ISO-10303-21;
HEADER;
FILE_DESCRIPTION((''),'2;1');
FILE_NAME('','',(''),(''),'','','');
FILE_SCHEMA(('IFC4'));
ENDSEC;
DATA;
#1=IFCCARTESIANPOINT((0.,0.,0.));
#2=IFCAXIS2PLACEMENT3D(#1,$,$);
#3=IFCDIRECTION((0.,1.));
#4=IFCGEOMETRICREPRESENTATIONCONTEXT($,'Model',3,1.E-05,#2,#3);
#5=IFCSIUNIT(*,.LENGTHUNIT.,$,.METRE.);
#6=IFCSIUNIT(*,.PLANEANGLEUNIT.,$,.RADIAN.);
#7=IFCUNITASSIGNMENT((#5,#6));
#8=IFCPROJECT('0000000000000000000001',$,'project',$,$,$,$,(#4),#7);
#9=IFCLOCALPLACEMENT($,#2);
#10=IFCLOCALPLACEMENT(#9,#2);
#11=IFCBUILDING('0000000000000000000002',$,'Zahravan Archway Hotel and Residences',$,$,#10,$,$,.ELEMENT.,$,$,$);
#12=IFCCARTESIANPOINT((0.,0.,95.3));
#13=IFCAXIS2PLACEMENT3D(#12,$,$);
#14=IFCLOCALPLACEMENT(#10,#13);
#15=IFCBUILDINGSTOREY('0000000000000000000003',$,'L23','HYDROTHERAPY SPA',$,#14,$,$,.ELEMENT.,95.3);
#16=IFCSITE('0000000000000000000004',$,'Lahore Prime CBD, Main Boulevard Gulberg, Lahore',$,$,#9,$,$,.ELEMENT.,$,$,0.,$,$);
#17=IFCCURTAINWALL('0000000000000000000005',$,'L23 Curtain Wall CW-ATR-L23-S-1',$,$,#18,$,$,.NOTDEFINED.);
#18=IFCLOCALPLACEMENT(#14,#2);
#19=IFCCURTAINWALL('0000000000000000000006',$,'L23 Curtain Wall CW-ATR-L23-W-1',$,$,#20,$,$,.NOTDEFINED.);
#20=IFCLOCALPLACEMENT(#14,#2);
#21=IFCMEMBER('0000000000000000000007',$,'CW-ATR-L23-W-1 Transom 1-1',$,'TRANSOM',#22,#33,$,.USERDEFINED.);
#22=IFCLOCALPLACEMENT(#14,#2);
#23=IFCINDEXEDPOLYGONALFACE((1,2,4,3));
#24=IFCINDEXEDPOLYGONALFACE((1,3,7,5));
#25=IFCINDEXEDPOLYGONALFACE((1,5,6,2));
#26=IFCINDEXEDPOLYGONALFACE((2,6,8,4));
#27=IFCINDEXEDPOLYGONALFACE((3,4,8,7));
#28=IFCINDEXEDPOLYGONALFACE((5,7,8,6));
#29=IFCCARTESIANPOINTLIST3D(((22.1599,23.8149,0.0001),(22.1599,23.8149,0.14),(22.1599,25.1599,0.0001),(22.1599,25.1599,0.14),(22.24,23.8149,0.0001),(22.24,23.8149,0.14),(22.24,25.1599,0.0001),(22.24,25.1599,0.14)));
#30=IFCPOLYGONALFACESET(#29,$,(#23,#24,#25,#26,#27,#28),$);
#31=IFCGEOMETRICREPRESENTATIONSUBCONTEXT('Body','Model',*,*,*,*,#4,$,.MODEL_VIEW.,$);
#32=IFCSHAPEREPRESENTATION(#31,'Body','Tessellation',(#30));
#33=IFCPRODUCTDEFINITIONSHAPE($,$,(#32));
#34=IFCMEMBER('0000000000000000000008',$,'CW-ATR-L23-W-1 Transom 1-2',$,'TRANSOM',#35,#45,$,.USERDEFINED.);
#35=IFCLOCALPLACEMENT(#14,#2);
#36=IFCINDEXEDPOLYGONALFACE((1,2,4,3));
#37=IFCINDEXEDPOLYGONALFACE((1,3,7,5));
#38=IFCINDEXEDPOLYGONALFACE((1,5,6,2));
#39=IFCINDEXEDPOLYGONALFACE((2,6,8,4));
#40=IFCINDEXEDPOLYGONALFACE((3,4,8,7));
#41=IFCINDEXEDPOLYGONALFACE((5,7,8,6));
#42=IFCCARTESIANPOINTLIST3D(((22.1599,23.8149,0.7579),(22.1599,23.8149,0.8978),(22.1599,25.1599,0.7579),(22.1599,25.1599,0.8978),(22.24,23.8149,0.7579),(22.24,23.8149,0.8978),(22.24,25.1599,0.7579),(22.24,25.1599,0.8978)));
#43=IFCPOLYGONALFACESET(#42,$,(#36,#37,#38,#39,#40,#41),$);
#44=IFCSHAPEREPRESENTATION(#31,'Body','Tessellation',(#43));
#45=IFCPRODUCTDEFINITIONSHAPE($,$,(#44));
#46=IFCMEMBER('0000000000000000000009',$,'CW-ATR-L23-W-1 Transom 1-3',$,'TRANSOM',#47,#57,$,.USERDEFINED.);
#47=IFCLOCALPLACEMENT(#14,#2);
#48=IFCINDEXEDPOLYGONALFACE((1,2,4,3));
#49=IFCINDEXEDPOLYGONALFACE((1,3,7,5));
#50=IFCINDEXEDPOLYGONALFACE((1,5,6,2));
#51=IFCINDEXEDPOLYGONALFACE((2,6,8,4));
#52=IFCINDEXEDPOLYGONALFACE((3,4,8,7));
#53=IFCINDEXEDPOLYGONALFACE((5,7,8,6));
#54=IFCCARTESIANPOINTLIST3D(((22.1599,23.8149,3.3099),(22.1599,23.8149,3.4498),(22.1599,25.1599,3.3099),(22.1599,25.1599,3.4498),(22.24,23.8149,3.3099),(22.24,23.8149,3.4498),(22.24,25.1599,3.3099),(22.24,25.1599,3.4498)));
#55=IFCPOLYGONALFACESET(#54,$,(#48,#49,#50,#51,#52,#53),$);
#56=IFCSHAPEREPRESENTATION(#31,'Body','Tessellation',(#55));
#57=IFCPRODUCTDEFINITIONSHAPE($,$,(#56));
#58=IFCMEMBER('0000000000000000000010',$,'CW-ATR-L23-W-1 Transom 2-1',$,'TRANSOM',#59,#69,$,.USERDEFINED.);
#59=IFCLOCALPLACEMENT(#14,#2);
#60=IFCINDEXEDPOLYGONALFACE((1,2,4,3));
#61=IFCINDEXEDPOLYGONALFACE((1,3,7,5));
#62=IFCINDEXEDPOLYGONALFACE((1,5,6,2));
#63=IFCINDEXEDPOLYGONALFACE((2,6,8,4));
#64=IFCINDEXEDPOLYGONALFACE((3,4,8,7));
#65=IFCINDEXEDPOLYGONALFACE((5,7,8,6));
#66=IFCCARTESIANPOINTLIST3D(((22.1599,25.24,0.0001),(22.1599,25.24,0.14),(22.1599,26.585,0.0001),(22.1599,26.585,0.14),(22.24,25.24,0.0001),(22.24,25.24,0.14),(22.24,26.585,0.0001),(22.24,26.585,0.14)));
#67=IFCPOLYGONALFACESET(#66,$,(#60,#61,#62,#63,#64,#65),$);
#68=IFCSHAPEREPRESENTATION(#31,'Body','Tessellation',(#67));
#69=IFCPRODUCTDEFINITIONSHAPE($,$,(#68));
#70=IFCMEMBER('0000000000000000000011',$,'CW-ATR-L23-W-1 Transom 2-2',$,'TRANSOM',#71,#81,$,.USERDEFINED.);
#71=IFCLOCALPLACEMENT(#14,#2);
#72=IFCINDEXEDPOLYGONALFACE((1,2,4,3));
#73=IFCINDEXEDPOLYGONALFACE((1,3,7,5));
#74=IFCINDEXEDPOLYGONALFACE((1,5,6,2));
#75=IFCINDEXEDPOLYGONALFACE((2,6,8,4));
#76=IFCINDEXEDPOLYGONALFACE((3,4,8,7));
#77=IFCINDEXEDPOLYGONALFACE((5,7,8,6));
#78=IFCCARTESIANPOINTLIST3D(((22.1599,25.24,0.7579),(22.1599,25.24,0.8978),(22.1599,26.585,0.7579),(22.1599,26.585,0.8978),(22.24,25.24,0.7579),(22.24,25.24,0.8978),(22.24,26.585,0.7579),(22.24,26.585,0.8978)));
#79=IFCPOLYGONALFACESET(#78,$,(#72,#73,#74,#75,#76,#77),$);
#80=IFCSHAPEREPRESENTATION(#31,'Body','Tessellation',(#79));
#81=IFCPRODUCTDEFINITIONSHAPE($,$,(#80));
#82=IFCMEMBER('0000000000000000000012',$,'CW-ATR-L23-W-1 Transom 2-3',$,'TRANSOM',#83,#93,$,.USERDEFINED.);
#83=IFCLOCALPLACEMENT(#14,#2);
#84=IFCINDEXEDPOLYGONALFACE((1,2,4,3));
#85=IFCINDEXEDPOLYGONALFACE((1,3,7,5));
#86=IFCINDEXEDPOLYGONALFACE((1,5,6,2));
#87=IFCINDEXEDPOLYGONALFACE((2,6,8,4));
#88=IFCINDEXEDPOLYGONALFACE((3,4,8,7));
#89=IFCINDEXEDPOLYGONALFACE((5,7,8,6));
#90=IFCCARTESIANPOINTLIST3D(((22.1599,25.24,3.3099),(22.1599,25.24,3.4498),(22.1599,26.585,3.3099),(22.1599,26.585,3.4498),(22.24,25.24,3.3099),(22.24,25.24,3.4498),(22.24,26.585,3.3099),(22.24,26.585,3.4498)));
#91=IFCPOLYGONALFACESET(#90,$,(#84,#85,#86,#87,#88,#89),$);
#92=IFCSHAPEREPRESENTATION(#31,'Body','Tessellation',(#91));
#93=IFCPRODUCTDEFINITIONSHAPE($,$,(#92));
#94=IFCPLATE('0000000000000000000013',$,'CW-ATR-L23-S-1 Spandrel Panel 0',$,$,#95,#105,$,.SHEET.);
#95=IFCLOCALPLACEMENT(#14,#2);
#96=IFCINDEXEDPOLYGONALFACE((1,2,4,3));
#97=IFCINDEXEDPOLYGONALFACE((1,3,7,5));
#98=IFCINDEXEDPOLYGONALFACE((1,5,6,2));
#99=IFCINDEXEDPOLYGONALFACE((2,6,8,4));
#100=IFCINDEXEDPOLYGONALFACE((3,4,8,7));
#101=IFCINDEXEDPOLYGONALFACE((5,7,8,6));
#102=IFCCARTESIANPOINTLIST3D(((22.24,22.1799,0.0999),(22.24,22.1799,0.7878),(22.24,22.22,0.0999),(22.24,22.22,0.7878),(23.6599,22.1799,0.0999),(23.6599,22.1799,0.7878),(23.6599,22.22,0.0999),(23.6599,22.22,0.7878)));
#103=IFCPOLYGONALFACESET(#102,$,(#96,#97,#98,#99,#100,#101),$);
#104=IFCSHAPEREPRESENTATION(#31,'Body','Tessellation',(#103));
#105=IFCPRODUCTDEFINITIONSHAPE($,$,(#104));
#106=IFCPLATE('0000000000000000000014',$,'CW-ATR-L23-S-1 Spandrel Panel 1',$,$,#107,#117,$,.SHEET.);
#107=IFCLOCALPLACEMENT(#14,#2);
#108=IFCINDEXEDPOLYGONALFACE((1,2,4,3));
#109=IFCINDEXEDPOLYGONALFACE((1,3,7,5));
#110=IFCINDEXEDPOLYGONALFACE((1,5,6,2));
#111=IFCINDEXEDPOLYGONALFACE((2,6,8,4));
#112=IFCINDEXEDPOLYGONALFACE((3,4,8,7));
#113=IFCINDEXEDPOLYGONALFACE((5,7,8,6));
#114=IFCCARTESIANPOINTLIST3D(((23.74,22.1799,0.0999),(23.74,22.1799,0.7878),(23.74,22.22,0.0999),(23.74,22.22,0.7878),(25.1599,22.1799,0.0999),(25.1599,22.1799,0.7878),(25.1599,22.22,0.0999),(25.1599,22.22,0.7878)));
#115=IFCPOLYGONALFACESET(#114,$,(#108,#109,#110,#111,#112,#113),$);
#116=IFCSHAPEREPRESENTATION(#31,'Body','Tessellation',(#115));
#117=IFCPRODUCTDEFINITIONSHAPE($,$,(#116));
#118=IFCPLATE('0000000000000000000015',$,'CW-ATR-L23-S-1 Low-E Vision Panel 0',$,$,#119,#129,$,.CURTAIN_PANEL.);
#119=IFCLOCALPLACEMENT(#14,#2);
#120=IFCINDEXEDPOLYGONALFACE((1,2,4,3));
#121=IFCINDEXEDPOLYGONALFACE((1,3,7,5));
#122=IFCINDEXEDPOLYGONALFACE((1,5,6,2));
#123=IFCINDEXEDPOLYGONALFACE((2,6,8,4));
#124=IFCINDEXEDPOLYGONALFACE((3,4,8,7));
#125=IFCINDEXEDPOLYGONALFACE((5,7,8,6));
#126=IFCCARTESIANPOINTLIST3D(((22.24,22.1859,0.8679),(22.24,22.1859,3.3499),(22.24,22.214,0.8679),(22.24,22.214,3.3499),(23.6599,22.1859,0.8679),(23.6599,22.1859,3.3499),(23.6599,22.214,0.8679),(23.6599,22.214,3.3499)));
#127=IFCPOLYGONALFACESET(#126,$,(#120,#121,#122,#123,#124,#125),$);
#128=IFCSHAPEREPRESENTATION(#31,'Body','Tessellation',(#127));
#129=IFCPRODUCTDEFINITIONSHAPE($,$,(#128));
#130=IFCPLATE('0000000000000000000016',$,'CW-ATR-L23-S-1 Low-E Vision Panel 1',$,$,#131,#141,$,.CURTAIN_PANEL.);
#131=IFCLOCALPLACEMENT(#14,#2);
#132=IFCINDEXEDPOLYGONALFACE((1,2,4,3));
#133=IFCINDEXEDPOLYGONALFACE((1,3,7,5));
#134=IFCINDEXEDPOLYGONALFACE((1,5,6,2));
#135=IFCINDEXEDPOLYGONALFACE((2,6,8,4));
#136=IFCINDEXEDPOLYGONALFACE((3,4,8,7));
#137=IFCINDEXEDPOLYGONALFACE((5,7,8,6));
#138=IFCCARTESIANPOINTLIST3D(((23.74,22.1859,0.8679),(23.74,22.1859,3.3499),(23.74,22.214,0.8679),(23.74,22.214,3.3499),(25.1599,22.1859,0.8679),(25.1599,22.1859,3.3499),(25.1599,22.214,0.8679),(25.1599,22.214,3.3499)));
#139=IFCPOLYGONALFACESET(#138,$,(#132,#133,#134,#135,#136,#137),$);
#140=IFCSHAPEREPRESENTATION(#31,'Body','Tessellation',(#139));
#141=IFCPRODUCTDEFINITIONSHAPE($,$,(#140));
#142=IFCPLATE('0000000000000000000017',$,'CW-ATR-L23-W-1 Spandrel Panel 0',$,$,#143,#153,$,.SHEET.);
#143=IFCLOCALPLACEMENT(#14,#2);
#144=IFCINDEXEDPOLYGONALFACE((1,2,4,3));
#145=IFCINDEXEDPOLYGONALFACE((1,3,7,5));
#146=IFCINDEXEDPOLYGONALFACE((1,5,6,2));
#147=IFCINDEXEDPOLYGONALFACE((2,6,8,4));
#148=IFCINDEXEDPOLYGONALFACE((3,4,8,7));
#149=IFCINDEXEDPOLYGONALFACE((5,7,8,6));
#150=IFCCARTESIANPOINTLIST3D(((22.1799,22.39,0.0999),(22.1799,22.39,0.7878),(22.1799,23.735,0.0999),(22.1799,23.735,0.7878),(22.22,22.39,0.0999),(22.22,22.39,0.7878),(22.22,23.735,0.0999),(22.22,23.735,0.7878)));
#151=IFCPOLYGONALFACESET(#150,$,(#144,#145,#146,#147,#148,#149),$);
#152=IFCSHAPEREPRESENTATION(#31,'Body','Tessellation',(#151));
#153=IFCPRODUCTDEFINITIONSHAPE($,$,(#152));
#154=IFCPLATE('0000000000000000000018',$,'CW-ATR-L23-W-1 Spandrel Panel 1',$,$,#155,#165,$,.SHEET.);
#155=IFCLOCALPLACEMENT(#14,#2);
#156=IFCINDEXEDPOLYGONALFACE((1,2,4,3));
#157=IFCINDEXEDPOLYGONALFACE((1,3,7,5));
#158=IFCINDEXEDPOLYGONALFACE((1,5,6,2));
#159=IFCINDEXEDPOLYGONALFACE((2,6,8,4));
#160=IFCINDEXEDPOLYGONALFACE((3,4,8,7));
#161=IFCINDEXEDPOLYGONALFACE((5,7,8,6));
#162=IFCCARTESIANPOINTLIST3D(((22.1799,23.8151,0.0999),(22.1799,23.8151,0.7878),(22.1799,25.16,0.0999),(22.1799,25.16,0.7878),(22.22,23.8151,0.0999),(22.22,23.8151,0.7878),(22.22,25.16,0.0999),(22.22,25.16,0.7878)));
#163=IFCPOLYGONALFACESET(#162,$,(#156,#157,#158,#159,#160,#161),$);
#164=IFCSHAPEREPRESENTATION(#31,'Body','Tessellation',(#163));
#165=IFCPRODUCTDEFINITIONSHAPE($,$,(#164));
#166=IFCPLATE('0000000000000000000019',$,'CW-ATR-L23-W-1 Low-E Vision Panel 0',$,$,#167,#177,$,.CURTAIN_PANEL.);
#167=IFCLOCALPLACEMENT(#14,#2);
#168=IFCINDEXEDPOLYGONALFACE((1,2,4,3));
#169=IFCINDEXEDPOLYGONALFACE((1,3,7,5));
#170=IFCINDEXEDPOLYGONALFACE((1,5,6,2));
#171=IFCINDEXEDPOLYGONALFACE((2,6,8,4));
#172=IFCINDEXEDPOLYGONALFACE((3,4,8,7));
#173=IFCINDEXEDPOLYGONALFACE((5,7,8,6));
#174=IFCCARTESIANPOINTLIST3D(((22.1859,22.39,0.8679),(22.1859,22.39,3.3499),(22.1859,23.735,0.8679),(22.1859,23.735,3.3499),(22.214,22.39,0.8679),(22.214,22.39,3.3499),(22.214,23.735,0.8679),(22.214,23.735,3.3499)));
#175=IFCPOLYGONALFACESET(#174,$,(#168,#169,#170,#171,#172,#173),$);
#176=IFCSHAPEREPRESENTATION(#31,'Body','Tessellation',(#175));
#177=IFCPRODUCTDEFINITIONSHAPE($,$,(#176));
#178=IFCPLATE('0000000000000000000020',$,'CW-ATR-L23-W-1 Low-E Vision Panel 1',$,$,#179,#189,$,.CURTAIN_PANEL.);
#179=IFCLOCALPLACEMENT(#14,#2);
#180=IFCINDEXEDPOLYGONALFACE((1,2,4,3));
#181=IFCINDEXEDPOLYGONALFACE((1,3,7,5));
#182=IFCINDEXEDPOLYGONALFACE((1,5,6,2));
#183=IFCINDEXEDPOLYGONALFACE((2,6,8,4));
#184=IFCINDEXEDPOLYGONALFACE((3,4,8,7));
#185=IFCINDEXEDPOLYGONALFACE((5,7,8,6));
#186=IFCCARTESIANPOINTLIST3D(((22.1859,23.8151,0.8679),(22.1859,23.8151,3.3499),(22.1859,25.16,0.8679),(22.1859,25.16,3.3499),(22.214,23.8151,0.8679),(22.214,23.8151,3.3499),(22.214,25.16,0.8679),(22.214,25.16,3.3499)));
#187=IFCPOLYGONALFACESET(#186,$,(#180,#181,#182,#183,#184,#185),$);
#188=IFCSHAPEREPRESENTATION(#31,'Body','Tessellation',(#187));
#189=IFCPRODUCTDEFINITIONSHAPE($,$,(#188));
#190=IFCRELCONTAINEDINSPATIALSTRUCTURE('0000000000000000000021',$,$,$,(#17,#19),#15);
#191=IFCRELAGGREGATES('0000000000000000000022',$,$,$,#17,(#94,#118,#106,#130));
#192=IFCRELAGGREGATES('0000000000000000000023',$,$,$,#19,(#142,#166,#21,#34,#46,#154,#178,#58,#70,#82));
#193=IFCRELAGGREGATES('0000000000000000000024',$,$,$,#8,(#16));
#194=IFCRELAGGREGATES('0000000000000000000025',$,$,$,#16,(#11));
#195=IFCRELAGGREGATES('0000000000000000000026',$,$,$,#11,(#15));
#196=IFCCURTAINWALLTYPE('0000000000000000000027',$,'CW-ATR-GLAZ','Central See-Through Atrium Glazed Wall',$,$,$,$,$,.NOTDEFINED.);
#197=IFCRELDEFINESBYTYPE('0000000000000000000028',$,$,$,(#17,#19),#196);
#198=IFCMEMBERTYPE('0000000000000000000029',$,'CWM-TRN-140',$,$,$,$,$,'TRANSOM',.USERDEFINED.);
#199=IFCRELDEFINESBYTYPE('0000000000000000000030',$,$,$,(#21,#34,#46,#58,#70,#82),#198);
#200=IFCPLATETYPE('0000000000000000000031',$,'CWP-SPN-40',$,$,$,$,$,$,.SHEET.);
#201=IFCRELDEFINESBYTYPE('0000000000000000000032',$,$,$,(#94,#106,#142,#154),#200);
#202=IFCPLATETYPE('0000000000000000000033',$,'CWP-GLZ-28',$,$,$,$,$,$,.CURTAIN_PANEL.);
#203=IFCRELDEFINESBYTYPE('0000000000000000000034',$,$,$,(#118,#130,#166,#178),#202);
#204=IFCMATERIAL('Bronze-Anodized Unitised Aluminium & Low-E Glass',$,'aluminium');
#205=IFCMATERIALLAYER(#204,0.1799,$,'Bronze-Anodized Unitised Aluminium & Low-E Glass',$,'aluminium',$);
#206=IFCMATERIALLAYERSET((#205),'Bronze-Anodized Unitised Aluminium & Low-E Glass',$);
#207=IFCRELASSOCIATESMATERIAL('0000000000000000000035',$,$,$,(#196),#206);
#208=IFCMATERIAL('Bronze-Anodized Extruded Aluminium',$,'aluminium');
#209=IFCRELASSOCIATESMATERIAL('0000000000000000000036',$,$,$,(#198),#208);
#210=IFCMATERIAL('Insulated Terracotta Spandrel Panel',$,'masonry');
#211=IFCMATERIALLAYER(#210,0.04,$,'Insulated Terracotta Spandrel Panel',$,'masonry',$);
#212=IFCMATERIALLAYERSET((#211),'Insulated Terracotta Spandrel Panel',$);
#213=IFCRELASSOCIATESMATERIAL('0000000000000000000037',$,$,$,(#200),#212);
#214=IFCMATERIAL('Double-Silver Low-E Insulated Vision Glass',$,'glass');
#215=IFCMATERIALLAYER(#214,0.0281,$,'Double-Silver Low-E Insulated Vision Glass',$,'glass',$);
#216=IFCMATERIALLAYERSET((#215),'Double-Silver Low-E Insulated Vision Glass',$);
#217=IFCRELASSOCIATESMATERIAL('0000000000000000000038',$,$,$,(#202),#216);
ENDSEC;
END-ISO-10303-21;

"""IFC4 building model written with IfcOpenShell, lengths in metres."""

from ifc_helpers import new_model, si_unit, direction, frame, origin, origin_2d, place, context, subcontext, project, spatial, rectangle, extrude, source, transform, mapped, material, layer, layer_set, material_profile, profile_set, type_object, element, aggregate, save


model = new_model("IFC4")

# Units and contexts
model_context = context("Model", 3, precision=1e-05, world=origin(), true_north=direction((0.0, 1.0)))
body_context = subcontext(model_context, "Body", "Model", "MODEL_VIEW")
ifc_project = project(units=[si_unit("LENGTHUNIT", "METRE"), si_unit("PLANEANGLEUNIT", "RADIAN")], contexts=[model_context])

# Site, building, storey
site_placement = place(None, origin())
site = spatial("IfcSite", under=ifc_project, at=site_placement, Name="Lahore Prime CBD, Main Boulevard Gulberg, Lahore", CompositionType="ELEMENT", RefElevation=0.0)
building_placement = place(site_placement, origin())
building = spatial("IfcBuilding", under=site, at=building_placement, Name="Zahravan Archway Hotel and Residences", CompositionType="ELEMENT")
storey_placement = place(building_placement, frame((0.0, 0.0, 95.3)))
storey = spatial("IfcBuildingStorey", under=building, at=storey_placement, Name="L23", Description="HYDROTHERAPY SPA", CompositionType="ELEMENT", Elevation=95.3)

# Curtain walls
ifc_material_1 = material(Name="Bronze-Anodized Unitised Aluminium & Low-E Glass", Category="aluminium")
ifc_layer_1 = layer(ifc_material_1, 0.1799, Name="Bronze-Anodized Unitised Aluminium & Low-E Glass", Category="aluminium")
ifc_layer_set_1 = layer_set([ifc_layer_1], Name="Bronze-Anodized Unitised Aluminium & Low-E Glass")
curtain_wall_type = type_object("IfcCurtainWallType", Name="CW-ATR-GLAZ", Description="Central See-Through Atrium Glazed Wall", PredefinedType="NOTDEFINED", material=ifc_layer_set_1)
curtain_wall_1_placement = place(storey_placement, origin())
curtain_wall_1 = element("IfcCurtainWall", 1, at=curtain_wall_1_placement, inside=storey, type_object=curtain_wall_type, Name="L23 Curtain Wall CW-ATR-L23-S-1", PredefinedType="NOTDEFINED")
ifc_material_2 = material(Name="Bronze-Anodized Extruded Aluminium", Category="aluminium")
curtain_wall_2_placement = place(storey_placement, origin())
curtain_wall_2 = element("IfcCurtainWall", 2, at=curtain_wall_2_placement, inside=storey, type_object=curtain_wall_type, Name="L23 Curtain Wall CW-ATR-L23-W-1", PredefinedType="NOTDEFINED")

# Members
ifc_material_profile_1 = material_profile(ifc_material_2, rectangle(XDim=0.0801, YDim=0.1399, at=origin_2d()), Name="TRN 80x140", Category="aluminium")
ifc_profile_set_1 = profile_set([ifc_material_profile_1], Name="Bronze-Anodized Extruded Aluminium")
member_type_1 = type_object("IfcMemberType", Name="CWM-TRN-140", ElementType="TRANSOM", PredefinedType="USERDEFINED", material=ifc_profile_set_1)
shared_shape_1 = source(origin(), body_context, "Body", "SweptSolid", [
    extrude(rectangle(XDim=0.0801, YDim=0.1399, at=origin_2d()), origin(), (0.0, 0.0, 1.0), 1.345),
])
member_1_placement = place(storey_placement, frame((22.2, 23.8149, 0.0701), z_axis=(0.0, 1.0, 0.0), x_axis=(-1.0, 0.0, 0.0)))
member_1 = element("IfcMember", 3, at=member_1_placement, type_object=member_type_1, Name="CW-ATR-L23-W-1 Transom 1-1", ObjectType="TRANSOM", PredefinedType="USERDEFINED", context=body_context, shape_type="MappedRepresentation", body=[
    mapped(shared_shape_1, transform((0.0, 0.0, 0.0), scale=1.0)),
])
member_2_placement = place(storey_placement, frame((22.2, 23.8149, 0.8279), z_axis=(0.0, 1.0, 0.0), x_axis=(-1.0, 0.0, 0.0)))
member_2 = element("IfcMember", 4, at=member_2_placement, type_object=member_type_1, Name="CW-ATR-L23-W-1 Transom 1-2", ObjectType="TRANSOM", PredefinedType="USERDEFINED", context=body_context, shape_type="MappedRepresentation", body=[
    mapped(shared_shape_1, transform((0.0, 0.0, 0.0), scale=1.0)),
])
member_3_placement = place(storey_placement, frame((22.2, 23.8149, 3.3799), z_axis=(0.0, 1.0, 0.0), x_axis=(-1.0, 0.0, 0.0)))
member_3 = element("IfcMember", 5, at=member_3_placement, type_object=member_type_1, Name="CW-ATR-L23-W-1 Transom 1-3", ObjectType="TRANSOM", PredefinedType="USERDEFINED", context=body_context, shape_type="MappedRepresentation", body=[
    mapped(shared_shape_1, transform((0.0, 0.0, 0.0), scale=1.0)),
])
member_4_placement = place(storey_placement, frame((22.2, 25.24, 0.0701), z_axis=(0.0, 1.0, 0.0), x_axis=(-1.0, 0.0, 0.0)))
member_4 = element("IfcMember", 6, at=member_4_placement, type_object=member_type_1, Name="CW-ATR-L23-W-1 Transom 2-1", ObjectType="TRANSOM", PredefinedType="USERDEFINED", context=body_context, shape_type="MappedRepresentation", body=[
    mapped(shared_shape_1, transform((0.0, 0.0, 0.0), scale=1.0)),
])
member_5_placement = place(storey_placement, frame((22.2, 25.24, 0.8279), z_axis=(0.0, 1.0, 0.0), x_axis=(-1.0, 0.0, 0.0)))
member_5 = element("IfcMember", 7, at=member_5_placement, type_object=member_type_1, Name="CW-ATR-L23-W-1 Transom 2-2", ObjectType="TRANSOM", PredefinedType="USERDEFINED", context=body_context, shape_type="MappedRepresentation", body=[
    mapped(shared_shape_1, transform((0.0, 0.0, 0.0), scale=1.0)),
])
member_6_placement = place(storey_placement, frame((22.2, 25.24, 3.3799), z_axis=(0.0, 1.0, 0.0), x_axis=(-1.0, 0.0, 0.0)))
member_6 = element("IfcMember", 8, at=member_6_placement, type_object=member_type_1, Name="CW-ATR-L23-W-1 Transom 2-3", ObjectType="TRANSOM", PredefinedType="USERDEFINED", context=body_context, shape_type="MappedRepresentation", body=[
    mapped(shared_shape_1, transform((0.0, 0.0, 0.0), scale=1.0)),
])

# Plates
ifc_material_3 = material(Name="Insulated Terracotta Spandrel Panel", Category="masonry")
ifc_layer_2 = layer(ifc_material_3, 0.04, Name="Insulated Terracotta Spandrel Panel", Category="masonry")
ifc_layer_set_2 = layer_set([ifc_layer_2], Name="Insulated Terracotta Spandrel Panel")
plate_type_1 = type_object("IfcPlateType", Name="CWP-SPN-40", PredefinedType="SHEET", material=ifc_layer_set_2)
shared_shape_2 = source(origin(), body_context, "Body", "SweptSolid", [
    extrude(rectangle(XDim=1.4199, YDim=0.04, at=origin_2d()), origin(), (0.0, 0.0, 1.0), 0.688),
])
plate_1_placement = place(storey_placement, frame((22.95, 22.2, 0.0999), z_axis=(0.0, 0.0, 1.0), x_axis=(1.0, 0.0, 0.0)))
plate_1 = element("IfcPlate", 9, at=plate_1_placement, type_object=plate_type_1, Name="CW-ATR-L23-S-1 Spandrel Panel 0", PredefinedType="SHEET", context=body_context, shape_type="MappedRepresentation", body=[
    mapped(shared_shape_2, transform((0.0, 0.0, 0.0), scale=1.0)),
])
plate_2_placement = place(storey_placement, frame((24.45, 22.2, 0.0999), z_axis=(0.0, 0.0, 1.0), x_axis=(1.0, 0.0, 0.0)))
plate_2 = element("IfcPlate", 10, at=plate_2_placement, type_object=plate_type_1, Name="CW-ATR-L23-S-1 Spandrel Panel 1", PredefinedType="SHEET", context=body_context, shape_type="MappedRepresentation", body=[
    mapped(shared_shape_2, transform((0.0, 0.0, 0.0), scale=1.0)),
])
ifc_material_4 = material(Name="Double-Silver Low-E Insulated Vision Glass", Category="glass")
ifc_layer_3 = layer(ifc_material_4, 0.0281, Name="Double-Silver Low-E Insulated Vision Glass", Category="glass")
ifc_layer_set_3 = layer_set([ifc_layer_3], Name="Double-Silver Low-E Insulated Vision Glass")
plate_type_2 = type_object("IfcPlateType", Name="CWP-GLZ-28", PredefinedType="CURTAIN_PANEL", material=ifc_layer_set_3)
shared_shape_3 = source(origin(), body_context, "Body", "SweptSolid", [
    extrude(rectangle(XDim=1.4199, YDim=0.0281, at=origin_2d()), origin(), (0.0, 0.0, 1.0), 2.4819),
])
plate_3_placement = place(storey_placement, frame((22.95, 22.2, 0.8679), z_axis=(0.0, 0.0, 1.0), x_axis=(1.0, 0.0, 0.0)))
plate_3 = element("IfcPlate", 11, at=plate_3_placement, type_object=plate_type_2, Name="CW-ATR-L23-S-1 Low-E Vision Panel 0", PredefinedType="CURTAIN_PANEL", context=body_context, shape_type="MappedRepresentation", body=[
    mapped(shared_shape_3, transform((0.0, 0.0, 0.0), scale=1.0)),
])
plate_4_placement = place(storey_placement, frame((24.45, 22.2, 0.8679), z_axis=(0.0, 0.0, 1.0), x_axis=(1.0, 0.0, 0.0)))
plate_4 = element("IfcPlate", 12, at=plate_4_placement, type_object=plate_type_2, Name="CW-ATR-L23-S-1 Low-E Vision Panel 1", PredefinedType="CURTAIN_PANEL", context=body_context, shape_type="MappedRepresentation", body=[
    mapped(shared_shape_3, transform((0.0, 0.0, 0.0), scale=1.0)),
])
aggregate(curtain_wall_1, [plate_1, plate_3, plate_2, plate_4])
shared_shape_4 = source(origin(), body_context, "Body", "SweptSolid", [
    extrude(rectangle(XDim=1.345, YDim=0.04, at=origin_2d()), origin(), (0.0, 0.0, 1.0), 0.688),
])
plate_5_placement = place(storey_placement, frame((22.2, 23.0625, 0.0999), z_axis=(0.0, 0.0, 1.0), x_axis=(0.0, 1.0, 0.0)))
plate_5 = element("IfcPlate", 13, at=plate_5_placement, type_object=plate_type_1, Name="CW-ATR-L23-W-1 Spandrel Panel 0", PredefinedType="SHEET", context=body_context, shape_type="MappedRepresentation", body=[
    mapped(shared_shape_4, transform((0.0, 0.0, 0.0), scale=1.0)),
])
plate_6_placement = place(storey_placement, frame((22.2, 24.4875, 0.0999), z_axis=(0.0, 0.0, 1.0), x_axis=(0.0, 1.0, 0.0)))
plate_6 = element("IfcPlate", 14, at=plate_6_placement, type_object=plate_type_1, Name="CW-ATR-L23-W-1 Spandrel Panel 1", PredefinedType="SHEET", context=body_context, shape_type="MappedRepresentation", body=[
    mapped(shared_shape_4, transform((0.0, 0.0, 0.0), scale=1.0)),
])
shared_shape_5 = source(origin(), body_context, "Body", "SweptSolid", [
    extrude(rectangle(XDim=1.345, YDim=0.0281, at=origin_2d()), origin(), (0.0, 0.0, 1.0), 2.4819),
])
plate_7_placement = place(storey_placement, frame((22.2, 23.0625, 0.8679), z_axis=(0.0, 0.0, 1.0), x_axis=(0.0, 1.0, 0.0)))
plate_7 = element("IfcPlate", 15, at=plate_7_placement, type_object=plate_type_2, Name="CW-ATR-L23-W-1 Low-E Vision Panel 0", PredefinedType="CURTAIN_PANEL", context=body_context, shape_type="MappedRepresentation", body=[
    mapped(shared_shape_5, transform((0.0, 0.0, 0.0), scale=1.0)),
])
plate_8_placement = place(storey_placement, frame((22.2, 24.4875, 0.8679), z_axis=(0.0, 0.0, 1.0), x_axis=(0.0, 1.0, 0.0)))
plate_8 = element("IfcPlate", 16, at=plate_8_placement, type_object=plate_type_2, Name="CW-ATR-L23-W-1 Low-E Vision Panel 1", PredefinedType="CURTAIN_PANEL", context=body_context, shape_type="MappedRepresentation", body=[
    mapped(shared_shape_5, transform((0.0, 0.0, 0.0), scale=1.0)),
])
aggregate(curtain_wall_2, [plate_5, plate_7, member_1, member_2, member_3, plate_6, plate_8, member_4, member_5, member_6])

save(model, "model.ifc")
